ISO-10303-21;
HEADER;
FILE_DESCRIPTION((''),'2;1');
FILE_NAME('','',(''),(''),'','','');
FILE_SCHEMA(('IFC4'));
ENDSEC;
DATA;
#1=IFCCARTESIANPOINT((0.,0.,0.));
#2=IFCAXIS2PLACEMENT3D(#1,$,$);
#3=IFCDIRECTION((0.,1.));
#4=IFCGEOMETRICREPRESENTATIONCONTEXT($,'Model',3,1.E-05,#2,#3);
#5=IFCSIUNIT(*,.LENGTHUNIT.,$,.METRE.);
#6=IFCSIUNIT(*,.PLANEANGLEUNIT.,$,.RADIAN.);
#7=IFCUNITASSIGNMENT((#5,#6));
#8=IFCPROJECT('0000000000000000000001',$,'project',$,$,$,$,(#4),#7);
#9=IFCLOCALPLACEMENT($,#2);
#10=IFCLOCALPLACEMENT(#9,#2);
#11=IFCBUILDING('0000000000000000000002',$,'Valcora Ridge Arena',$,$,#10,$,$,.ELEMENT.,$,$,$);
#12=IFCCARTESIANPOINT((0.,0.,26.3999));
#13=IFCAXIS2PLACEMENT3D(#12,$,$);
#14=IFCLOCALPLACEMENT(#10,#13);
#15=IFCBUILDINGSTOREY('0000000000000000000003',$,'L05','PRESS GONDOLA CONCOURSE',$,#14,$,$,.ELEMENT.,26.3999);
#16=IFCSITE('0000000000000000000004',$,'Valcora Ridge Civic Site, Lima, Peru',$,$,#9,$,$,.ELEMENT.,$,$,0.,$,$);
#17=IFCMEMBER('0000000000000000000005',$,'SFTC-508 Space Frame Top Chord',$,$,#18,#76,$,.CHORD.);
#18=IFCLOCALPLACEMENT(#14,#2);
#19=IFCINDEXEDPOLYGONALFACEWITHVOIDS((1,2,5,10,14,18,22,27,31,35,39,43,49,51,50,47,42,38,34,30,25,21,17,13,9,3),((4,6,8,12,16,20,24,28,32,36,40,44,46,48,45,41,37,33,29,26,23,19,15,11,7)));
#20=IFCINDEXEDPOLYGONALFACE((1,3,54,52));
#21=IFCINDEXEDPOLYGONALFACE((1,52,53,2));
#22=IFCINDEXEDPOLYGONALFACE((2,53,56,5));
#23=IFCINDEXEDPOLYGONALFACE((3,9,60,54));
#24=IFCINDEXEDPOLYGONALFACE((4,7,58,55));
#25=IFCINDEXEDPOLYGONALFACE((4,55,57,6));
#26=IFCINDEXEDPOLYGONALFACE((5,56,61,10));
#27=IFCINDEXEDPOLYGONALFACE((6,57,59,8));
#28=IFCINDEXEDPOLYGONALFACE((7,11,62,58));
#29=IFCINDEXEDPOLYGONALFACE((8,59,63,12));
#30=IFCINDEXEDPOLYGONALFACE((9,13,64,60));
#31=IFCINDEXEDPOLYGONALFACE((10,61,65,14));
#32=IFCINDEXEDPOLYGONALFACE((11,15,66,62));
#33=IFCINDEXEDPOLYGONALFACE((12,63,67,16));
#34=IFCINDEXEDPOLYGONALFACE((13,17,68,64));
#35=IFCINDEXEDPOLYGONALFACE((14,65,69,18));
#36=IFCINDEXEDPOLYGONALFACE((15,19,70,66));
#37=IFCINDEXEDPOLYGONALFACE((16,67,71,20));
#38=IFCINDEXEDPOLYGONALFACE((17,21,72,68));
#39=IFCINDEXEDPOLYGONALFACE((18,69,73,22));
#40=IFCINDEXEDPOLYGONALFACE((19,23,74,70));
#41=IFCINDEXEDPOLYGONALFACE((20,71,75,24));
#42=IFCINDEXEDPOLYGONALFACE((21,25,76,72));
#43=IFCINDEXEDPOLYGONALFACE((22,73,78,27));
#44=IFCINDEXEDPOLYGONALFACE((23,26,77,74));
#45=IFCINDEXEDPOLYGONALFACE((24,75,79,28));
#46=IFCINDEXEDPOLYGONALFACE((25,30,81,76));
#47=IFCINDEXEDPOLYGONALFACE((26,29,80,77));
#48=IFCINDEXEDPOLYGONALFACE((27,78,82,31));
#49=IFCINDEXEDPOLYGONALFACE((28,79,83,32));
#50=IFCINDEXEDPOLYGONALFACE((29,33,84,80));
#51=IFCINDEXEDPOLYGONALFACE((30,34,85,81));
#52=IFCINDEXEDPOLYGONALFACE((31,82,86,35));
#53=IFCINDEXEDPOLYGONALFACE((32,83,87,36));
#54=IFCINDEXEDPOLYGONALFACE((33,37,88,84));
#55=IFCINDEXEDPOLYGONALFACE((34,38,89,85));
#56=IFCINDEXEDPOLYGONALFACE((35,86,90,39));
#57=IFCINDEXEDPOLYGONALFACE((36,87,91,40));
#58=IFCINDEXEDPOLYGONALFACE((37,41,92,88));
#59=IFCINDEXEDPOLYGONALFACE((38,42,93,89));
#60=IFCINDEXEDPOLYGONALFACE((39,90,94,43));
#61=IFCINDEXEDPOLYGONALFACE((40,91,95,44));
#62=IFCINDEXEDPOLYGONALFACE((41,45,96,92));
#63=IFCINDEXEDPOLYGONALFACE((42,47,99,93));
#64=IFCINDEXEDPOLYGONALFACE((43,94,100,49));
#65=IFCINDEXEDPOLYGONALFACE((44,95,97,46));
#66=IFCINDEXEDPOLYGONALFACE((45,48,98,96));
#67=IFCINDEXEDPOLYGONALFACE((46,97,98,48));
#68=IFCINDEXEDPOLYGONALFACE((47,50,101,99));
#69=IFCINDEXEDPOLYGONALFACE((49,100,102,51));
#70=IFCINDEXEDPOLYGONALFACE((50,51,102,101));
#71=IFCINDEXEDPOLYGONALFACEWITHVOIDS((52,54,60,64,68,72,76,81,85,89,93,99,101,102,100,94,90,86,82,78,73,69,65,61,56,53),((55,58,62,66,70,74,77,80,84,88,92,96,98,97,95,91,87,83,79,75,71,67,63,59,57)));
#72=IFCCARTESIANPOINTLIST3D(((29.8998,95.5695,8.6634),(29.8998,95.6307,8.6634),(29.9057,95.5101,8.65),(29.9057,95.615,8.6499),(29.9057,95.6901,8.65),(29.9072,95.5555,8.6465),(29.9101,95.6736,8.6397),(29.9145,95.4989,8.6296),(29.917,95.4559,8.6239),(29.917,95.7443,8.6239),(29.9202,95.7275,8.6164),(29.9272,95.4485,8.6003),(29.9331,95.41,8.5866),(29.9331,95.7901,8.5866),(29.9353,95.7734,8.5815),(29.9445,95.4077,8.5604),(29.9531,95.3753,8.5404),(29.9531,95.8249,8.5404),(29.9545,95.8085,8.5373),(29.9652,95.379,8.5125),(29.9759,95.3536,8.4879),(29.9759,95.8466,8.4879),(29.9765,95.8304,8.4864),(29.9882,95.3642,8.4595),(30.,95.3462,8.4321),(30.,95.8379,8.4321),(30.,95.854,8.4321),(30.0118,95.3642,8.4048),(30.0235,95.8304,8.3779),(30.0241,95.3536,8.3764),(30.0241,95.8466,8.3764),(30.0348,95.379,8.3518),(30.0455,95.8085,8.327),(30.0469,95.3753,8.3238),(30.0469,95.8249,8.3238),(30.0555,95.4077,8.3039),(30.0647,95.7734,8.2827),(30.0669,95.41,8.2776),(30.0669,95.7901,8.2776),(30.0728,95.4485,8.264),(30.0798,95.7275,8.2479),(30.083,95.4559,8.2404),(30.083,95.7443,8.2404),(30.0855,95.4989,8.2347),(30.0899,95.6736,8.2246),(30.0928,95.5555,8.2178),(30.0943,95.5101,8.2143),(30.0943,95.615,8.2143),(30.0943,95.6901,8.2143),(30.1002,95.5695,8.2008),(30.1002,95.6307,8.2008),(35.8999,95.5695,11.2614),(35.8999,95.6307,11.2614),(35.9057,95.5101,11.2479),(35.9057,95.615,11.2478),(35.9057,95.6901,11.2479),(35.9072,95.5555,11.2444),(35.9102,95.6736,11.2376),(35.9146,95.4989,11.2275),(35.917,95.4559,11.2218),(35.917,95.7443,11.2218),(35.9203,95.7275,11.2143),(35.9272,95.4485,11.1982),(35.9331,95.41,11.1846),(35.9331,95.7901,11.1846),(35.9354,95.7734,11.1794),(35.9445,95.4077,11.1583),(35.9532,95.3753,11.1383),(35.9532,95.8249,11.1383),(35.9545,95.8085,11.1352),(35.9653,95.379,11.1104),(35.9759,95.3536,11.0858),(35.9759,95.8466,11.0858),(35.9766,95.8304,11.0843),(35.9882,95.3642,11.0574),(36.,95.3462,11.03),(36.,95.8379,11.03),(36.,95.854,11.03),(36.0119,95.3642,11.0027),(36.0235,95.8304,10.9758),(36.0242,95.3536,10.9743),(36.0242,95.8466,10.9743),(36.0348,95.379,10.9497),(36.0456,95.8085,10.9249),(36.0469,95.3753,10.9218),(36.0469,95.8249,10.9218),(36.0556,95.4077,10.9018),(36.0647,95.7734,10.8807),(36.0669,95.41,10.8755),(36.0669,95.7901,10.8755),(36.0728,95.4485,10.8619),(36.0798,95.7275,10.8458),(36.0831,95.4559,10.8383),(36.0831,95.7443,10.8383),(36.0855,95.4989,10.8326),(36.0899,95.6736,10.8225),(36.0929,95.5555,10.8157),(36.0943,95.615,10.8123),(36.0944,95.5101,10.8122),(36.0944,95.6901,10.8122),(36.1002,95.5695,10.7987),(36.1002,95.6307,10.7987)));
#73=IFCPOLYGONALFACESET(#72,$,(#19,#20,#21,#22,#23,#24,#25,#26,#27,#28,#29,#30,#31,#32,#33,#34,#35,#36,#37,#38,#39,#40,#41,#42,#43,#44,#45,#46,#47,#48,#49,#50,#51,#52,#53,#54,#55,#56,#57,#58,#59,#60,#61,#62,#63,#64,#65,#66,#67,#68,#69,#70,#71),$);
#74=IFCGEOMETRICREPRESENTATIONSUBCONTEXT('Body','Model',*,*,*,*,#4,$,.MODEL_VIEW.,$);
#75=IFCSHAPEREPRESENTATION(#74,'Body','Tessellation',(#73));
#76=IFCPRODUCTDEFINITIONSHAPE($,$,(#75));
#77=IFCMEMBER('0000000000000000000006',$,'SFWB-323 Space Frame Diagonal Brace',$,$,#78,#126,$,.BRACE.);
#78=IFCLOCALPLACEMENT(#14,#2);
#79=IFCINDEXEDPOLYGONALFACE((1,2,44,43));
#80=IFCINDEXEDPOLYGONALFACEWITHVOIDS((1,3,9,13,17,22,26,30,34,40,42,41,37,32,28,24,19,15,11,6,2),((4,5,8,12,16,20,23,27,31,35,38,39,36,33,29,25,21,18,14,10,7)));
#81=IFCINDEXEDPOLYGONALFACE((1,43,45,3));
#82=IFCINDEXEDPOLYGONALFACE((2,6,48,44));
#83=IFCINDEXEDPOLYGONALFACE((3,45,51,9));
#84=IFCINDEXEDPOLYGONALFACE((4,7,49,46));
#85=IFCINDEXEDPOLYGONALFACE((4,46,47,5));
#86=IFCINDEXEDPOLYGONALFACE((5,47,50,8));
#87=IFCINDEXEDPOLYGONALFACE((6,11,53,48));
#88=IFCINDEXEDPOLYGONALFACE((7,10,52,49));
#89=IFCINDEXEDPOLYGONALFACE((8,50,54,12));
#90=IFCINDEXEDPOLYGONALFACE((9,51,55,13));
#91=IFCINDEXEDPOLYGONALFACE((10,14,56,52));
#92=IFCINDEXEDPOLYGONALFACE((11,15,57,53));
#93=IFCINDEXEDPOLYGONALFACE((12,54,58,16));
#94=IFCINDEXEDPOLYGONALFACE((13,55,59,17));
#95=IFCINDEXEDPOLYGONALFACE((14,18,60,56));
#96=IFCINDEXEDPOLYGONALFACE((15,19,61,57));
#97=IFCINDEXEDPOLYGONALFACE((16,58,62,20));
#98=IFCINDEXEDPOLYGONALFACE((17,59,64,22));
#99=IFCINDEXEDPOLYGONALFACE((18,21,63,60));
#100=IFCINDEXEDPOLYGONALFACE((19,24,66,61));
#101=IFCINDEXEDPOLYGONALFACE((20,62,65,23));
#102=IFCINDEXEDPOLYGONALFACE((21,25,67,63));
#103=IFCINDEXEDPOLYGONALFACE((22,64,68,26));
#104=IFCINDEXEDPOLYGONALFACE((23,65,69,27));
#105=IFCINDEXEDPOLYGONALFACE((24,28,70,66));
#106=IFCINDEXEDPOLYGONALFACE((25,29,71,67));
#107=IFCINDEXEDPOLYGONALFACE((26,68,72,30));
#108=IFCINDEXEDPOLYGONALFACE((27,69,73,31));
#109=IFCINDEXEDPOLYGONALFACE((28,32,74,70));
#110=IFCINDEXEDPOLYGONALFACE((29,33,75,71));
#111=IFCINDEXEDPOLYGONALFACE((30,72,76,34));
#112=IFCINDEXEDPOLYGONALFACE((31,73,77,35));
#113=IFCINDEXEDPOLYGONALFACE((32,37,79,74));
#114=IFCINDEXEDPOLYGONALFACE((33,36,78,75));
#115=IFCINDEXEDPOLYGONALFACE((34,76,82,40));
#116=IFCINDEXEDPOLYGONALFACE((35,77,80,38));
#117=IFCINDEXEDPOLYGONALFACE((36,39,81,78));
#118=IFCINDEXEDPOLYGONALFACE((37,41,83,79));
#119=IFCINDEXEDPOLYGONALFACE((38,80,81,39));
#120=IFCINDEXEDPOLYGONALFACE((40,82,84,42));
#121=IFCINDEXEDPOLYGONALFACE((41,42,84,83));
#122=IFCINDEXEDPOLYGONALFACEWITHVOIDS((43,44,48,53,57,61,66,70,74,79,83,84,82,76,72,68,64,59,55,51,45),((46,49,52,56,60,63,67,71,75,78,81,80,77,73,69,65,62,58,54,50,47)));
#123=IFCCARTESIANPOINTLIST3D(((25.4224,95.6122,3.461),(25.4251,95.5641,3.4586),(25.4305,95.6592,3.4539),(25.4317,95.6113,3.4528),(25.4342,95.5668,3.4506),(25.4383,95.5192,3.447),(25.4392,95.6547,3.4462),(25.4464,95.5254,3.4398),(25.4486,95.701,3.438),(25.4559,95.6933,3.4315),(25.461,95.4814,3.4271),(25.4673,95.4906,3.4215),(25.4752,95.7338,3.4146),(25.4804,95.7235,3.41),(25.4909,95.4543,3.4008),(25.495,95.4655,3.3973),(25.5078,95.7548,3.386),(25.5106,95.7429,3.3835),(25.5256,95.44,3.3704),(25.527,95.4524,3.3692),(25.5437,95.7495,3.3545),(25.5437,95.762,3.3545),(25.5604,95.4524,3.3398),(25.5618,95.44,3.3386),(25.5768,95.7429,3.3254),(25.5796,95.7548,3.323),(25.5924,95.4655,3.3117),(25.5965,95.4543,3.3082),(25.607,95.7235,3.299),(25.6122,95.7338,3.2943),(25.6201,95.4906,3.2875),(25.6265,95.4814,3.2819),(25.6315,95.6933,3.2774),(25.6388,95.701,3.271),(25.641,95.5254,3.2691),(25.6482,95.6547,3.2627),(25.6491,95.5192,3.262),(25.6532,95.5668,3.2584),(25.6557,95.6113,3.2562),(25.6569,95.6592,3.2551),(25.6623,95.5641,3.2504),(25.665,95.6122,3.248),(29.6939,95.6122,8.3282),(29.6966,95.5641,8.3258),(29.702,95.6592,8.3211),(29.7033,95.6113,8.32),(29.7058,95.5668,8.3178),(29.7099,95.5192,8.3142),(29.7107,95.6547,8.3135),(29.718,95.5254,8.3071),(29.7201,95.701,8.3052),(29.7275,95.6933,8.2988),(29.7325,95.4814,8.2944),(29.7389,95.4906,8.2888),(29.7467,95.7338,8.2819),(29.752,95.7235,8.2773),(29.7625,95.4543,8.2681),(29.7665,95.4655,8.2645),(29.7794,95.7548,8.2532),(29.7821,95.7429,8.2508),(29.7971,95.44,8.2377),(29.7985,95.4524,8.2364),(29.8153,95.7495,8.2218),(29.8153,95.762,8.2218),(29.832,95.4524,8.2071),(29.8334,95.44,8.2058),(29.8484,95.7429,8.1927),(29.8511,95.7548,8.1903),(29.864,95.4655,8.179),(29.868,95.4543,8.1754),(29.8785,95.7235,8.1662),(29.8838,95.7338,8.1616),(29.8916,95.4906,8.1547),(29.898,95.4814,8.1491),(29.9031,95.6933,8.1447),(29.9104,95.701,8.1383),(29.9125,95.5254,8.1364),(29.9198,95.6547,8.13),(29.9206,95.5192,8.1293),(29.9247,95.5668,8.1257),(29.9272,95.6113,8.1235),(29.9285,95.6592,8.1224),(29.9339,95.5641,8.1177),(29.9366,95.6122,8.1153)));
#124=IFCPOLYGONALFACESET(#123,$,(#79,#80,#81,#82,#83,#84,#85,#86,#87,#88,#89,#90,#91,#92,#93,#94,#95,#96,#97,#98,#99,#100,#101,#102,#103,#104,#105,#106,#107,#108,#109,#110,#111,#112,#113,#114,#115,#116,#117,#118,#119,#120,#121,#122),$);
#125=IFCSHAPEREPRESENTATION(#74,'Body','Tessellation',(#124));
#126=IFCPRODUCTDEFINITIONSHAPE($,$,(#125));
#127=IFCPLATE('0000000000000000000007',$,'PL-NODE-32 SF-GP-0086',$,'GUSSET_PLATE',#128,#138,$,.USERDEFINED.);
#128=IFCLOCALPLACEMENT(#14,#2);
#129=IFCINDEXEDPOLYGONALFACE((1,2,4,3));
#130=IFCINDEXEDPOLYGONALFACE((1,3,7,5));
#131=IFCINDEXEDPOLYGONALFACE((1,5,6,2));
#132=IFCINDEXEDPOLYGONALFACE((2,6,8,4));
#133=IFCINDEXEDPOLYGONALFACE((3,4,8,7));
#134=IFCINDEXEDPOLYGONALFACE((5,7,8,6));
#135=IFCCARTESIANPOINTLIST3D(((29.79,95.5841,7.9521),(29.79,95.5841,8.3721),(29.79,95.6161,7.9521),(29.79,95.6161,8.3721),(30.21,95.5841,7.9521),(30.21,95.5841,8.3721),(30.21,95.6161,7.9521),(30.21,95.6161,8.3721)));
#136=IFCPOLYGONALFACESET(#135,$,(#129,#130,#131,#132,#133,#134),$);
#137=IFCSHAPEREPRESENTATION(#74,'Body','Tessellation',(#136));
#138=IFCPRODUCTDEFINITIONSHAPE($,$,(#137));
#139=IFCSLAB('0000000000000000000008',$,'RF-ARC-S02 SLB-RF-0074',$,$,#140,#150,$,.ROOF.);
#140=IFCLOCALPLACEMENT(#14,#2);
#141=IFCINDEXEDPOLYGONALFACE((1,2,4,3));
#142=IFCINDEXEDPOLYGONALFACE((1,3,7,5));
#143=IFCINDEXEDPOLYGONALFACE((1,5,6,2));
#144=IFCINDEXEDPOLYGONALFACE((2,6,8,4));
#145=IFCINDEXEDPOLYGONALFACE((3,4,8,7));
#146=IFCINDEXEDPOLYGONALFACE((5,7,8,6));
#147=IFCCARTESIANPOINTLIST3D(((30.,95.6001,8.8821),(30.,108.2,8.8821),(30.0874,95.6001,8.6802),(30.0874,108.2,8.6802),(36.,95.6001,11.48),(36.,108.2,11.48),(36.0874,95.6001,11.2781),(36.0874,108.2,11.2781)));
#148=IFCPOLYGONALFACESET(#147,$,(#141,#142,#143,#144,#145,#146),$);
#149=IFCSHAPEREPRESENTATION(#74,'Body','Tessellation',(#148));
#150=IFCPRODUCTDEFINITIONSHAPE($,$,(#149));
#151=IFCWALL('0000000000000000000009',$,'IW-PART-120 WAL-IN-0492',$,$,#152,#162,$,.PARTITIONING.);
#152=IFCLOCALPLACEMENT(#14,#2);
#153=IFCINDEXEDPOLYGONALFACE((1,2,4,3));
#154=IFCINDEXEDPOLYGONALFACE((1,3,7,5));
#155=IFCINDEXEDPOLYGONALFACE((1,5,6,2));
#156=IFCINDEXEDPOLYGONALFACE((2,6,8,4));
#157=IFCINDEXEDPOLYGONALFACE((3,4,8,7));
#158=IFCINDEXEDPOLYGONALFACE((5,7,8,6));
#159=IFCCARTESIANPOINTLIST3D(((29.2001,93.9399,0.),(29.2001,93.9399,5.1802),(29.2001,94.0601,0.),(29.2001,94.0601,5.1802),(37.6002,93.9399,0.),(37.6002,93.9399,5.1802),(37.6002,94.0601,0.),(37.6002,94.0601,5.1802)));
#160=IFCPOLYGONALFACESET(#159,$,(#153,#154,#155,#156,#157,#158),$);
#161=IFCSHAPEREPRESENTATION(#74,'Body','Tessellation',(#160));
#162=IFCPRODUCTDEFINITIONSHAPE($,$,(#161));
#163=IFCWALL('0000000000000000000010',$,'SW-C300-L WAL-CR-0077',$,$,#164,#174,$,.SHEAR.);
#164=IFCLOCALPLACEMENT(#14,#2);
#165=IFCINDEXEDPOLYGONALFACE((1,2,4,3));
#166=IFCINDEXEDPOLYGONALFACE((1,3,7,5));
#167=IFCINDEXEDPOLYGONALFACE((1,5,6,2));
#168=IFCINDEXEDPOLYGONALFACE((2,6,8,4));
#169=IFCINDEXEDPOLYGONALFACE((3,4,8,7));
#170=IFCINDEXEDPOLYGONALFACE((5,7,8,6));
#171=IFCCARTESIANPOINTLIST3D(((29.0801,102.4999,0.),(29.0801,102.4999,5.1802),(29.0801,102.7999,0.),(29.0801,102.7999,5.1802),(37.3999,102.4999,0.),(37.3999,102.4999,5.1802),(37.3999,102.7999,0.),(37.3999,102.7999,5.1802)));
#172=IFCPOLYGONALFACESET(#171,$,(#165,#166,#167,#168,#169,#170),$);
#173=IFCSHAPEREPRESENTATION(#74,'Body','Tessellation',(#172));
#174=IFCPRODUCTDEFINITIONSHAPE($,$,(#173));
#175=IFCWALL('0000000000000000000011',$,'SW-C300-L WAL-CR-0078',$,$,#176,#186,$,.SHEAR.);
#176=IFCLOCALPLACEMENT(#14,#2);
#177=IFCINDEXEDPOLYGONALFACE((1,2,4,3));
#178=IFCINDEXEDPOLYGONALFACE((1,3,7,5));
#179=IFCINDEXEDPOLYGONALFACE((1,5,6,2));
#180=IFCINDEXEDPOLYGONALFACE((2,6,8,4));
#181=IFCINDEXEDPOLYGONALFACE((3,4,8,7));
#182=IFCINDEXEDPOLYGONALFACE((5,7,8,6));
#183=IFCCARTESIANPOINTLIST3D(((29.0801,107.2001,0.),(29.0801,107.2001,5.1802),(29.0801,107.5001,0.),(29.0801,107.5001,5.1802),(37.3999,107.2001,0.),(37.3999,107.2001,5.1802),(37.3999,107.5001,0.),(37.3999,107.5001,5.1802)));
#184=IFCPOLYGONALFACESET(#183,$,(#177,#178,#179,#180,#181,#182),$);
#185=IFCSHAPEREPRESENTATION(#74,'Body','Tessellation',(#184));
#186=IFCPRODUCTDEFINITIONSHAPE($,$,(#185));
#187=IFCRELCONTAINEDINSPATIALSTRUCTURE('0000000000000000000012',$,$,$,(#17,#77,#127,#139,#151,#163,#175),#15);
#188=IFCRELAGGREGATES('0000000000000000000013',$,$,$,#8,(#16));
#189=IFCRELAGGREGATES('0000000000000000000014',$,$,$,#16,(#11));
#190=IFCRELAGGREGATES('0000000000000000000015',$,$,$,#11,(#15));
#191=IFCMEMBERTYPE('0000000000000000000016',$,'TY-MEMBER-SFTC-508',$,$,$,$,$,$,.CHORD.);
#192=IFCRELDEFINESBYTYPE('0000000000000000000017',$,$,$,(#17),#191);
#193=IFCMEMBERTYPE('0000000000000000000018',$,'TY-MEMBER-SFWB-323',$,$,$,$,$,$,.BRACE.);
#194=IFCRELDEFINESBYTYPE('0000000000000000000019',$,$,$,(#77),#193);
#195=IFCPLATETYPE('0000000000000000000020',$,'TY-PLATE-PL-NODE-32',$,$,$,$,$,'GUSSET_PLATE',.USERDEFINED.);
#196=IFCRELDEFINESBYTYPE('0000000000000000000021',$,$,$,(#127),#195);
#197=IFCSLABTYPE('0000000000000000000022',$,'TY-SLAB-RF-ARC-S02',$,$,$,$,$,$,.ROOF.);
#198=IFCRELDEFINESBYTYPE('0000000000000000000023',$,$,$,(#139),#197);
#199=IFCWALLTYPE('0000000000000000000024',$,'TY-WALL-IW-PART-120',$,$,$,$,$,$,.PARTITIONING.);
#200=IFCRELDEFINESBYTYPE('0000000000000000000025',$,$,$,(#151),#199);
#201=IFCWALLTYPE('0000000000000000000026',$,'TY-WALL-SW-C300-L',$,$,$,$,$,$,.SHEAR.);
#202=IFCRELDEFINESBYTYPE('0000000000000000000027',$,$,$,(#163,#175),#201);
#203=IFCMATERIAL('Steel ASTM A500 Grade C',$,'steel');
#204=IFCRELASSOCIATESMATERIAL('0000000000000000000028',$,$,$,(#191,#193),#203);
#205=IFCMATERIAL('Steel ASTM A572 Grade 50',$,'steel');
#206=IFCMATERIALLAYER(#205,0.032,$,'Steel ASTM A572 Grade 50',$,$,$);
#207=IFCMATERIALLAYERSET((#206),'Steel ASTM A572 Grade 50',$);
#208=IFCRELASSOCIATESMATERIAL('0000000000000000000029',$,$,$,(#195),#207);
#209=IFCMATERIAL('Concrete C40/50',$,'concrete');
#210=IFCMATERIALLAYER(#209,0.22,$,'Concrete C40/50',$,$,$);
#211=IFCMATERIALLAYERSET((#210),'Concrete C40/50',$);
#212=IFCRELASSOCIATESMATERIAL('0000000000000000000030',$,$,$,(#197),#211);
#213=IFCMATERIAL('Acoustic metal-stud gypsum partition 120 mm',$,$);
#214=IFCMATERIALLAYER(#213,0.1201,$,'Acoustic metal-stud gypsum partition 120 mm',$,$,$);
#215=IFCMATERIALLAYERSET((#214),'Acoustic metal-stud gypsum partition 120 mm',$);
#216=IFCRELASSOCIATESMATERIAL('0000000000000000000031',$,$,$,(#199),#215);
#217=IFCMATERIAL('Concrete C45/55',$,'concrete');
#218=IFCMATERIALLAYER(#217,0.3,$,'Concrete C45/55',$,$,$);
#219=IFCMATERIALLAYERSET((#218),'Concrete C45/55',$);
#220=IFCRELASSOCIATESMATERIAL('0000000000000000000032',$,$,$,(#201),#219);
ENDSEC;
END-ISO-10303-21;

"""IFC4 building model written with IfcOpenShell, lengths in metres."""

from ifc_helpers import new_model, si_unit, direction, frame, frame_2d, origin, origin_2d, place, context, subcontext, project, spatial, polyline, rectangle, hollow_circle, outline, extrude, material, layer, layer_set, material_profile, profile_set, type_object, element, save


model = new_model("IFC4")

# Units and contexts
model_context = context("Model", 3, precision=1e-05, world=origin(), true_north=direction((0.0, 1.0)))
body_context = subcontext(model_context, "Body", "Model", "MODEL_VIEW")
ifc_project = project(units=[si_unit("LENGTHUNIT", "METRE"), si_unit("PLANEANGLEUNIT", "RADIAN")], contexts=[model_context])

# Site, building, storey
site_placement = place(None, origin())
site = spatial("IfcSite", under=ifc_project, at=site_placement, Name="Valcora Ridge Civic Site, Lima, Peru", CompositionType="ELEMENT", RefElevation=0.0)
building_placement = place(site_placement, origin())
building = spatial("IfcBuilding", under=site, at=building_placement, Name="Valcora Ridge Arena", CompositionType="ELEMENT")
storey_placement = place(building_placement, frame((0.0, 0.0, 26.3999)))
storey = spatial("IfcBuildingStorey", under=building, at=storey_placement, Name="L05", Description="PRESS GONDOLA CONCOURSE", CompositionType="ELEMENT", Elevation=26.3999)

# Members
ifc_material_1 = material(Name="Steel ASTM A572 Grade 50", Category="steel")
ifc_material_2 = material(Name="Steel ASTM A500 Grade C", Category="steel")
ifc_material_profile_1 = material_profile(ifc_material_2, hollow_circle(Radius=0.2539, WallThickness=0.0161, at=origin_2d()), Name="CHS508X16")
ifc_profile_set_1 = profile_set([ifc_material_profile_1], Name="Steel ASTM A500 Grade C")
member_type_1 = type_object("IfcMemberType", Name="TY-MEMBER-SFTC-508", PredefinedType="CHORD", material=ifc_profile_set_1)
member_1_placement = place(storey_placement, frame((30.0, 95.6001, 8.4321), z_axis=(0.917673, 0.0, 0.397337), x_axis=(0.0, 1.0, 0.0)))
element("IfcMember", 1, at=member_1_placement, inside=storey, type_object=member_type_1, Name="SFTC-508 Space Frame Top Chord", PredefinedType="CHORD", context=body_context, shape_type="SweptSolid", body=[
    extrude(hollow_circle(Radius=0.2539, WallThickness=0.0161, at=origin_2d()), origin(), (0.0, 0.0, 1.0), 6.5383),
])
ifc_material_profile_2 = material_profile(ifc_material_2, hollow_circle(Radius=0.1619, WallThickness=0.0125, at=origin_2d()), Name="CHS323X12")
ifc_profile_set_2 = profile_set([ifc_material_profile_2], Name="Steel ASTM A500 Grade C")
member_type_2 = type_object("IfcMemberType", Name="TY-MEMBER-SFWB-323", PredefinedType="BRACE", material=ifc_profile_set_2)
member_2_placement = place(storey_placement, frame((25.5437, 95.6001, 3.3545), z_axis=(0.659614, 0.0, 0.751604), x_axis=(0.0, 1.0, 0.0)))
element("IfcMember", 2, at=member_2_placement, inside=storey, type_object=member_type_2, Name="SFWB-323 Space Frame Diagonal Brace", PredefinedType="BRACE", context=body_context, shape_type="SweptSolid", body=[
    extrude(hollow_circle(Radius=0.1619, WallThickness=0.0125, at=origin_2d()), origin(), (0.0, 0.0, 1.0), 6.4758),
])

# Plate
ifc_layer_1 = layer(ifc_material_1, 0.032, Name="Steel ASTM A572 Grade 50")
ifc_layer_set_1 = layer_set([ifc_layer_1], Name="Steel ASTM A572 Grade 50")
plate_type = type_object("IfcPlateType", Name="TY-PLATE-PL-NODE-32", ElementType="GUSSET_PLATE", PredefinedType="USERDEFINED", material=ifc_layer_set_1)
plate_placement = place(storey_placement, frame((30.0, 95.6001, 7.9521), z_axis=(0.0, 0.0, 1.0), x_axis=(1.0, 0.0, 0.0)))
element("IfcPlate", 3, at=plate_placement, inside=storey, type_object=plate_type, Name="PL-NODE-32 SF-GP-0086", ObjectType="GUSSET_PLATE", PredefinedType="USERDEFINED", context=body_context, shape_type="SweptSolid", body=[
    extrude(rectangle(XDim=0.4199, YDim=0.032, at=origin_2d()), origin(), (0.0, 0.0, 1.0), 0.4199),
])

# Slab
ifc_material_3 = material(Name="Concrete C40/50", Category="concrete")
ifc_layer_2 = layer(ifc_material_3, 0.22, Name="Concrete C40/50")
ifc_layer_set_2 = layer_set([ifc_layer_2], Name="Concrete C40/50")
slab_type = type_object("IfcSlabType", Name="TY-SLAB-RF-ARC-S02", PredefinedType="ROOF", material=ifc_layer_set_2)
slab_placement = place(storey_placement, frame((30.0, 95.6001, 8.8821), z_axis=(-0.397337, 0.0, 0.917673), x_axis=(0.917673, 0.0, 0.397337)))
element("IfcSlab", 4, at=slab_placement, inside=storey, type_object=slab_type, Name="RF-ARC-S02 SLB-RF-0074", PredefinedType="ROOF", context=body_context, shape_type="SweptSolid", body=[
    extrude(outline(polyline([(0.0, 0.0), (6.5383, 0.0), (6.5383, 12.5999), (0.0, 12.5999), (0.0, 0.0)])), origin(), (0.0, 0.0, -1.0), 0.22),
])

# Walls
ifc_material_4 = material(Name="Acoustic metal-stud gypsum partition 120 mm")
ifc_layer_3 = layer(ifc_material_4, 0.1201, Name="Acoustic metal-stud gypsum partition 120 mm")
ifc_layer_set_3 = layer_set([ifc_layer_3], Name="Acoustic metal-stud gypsum partition 120 mm")
wall_type_1 = type_object("IfcWallType", Name="TY-WALL-IW-PART-120", PredefinedType="PARTITIONING", material=ifc_layer_set_3)
wall_1_placement = place(storey_placement, frame((29.2, 94.0, 0.0), z_axis=(0.0, 0.0, 1.0), x_axis=(1.0, 0.0, 0.0)))
element("IfcWall", 5, at=wall_1_placement, inside=storey, type_object=wall_type_1, Name="IW-PART-120 WAL-IN-0492", PredefinedType="PARTITIONING", context=body_context, shape_type="SweptSolid", body=[
    extrude(rectangle(XDim=8.4001, YDim=0.1201, at=frame_2d((4.2002, 0.0))), origin(), (0.0, 0.0, 1.0), 5.1802),
])
ifc_material_5 = material(Name="Concrete C45/55", Category="concrete")
ifc_layer_4 = layer(ifc_material_5, 0.3, Name="Concrete C45/55")
ifc_layer_set_4 = layer_set([ifc_layer_4], Name="Concrete C45/55")
wall_type_2 = type_object("IfcWallType", Name="TY-WALL-SW-C300-L", PredefinedType="SHEAR", material=ifc_layer_set_4)
for number, where, z_axis, x_axis, name in (
    (6, (29.0801, 102.6499, 0.0), (0.0, 0.0, 1.0), (1.0, 0.0, 0.0), "SW-C300-L WAL-CR-0077"),
    (7, (29.0801, 107.3501, 0.0), (0.0, 0.0, 1.0), (1.0, 0.0, 0.0), "SW-C300-L WAL-CR-0078"),
):
    element("IfcWall", number, at=place(storey_placement, frame(where, z_axis=z_axis, x_axis=x_axis)), inside=storey, type_object=wall_type_2, Name=name, PredefinedType="SHEAR", context=body_context, shape_type="SweptSolid", body=[
        extrude(rectangle(XDim=8.3198, YDim=0.3, at=frame_2d((4.1599, 0.0))), origin(), (0.0, 0.0, 1.0), 5.1802),
    ])

save(model, "model.ifc")
